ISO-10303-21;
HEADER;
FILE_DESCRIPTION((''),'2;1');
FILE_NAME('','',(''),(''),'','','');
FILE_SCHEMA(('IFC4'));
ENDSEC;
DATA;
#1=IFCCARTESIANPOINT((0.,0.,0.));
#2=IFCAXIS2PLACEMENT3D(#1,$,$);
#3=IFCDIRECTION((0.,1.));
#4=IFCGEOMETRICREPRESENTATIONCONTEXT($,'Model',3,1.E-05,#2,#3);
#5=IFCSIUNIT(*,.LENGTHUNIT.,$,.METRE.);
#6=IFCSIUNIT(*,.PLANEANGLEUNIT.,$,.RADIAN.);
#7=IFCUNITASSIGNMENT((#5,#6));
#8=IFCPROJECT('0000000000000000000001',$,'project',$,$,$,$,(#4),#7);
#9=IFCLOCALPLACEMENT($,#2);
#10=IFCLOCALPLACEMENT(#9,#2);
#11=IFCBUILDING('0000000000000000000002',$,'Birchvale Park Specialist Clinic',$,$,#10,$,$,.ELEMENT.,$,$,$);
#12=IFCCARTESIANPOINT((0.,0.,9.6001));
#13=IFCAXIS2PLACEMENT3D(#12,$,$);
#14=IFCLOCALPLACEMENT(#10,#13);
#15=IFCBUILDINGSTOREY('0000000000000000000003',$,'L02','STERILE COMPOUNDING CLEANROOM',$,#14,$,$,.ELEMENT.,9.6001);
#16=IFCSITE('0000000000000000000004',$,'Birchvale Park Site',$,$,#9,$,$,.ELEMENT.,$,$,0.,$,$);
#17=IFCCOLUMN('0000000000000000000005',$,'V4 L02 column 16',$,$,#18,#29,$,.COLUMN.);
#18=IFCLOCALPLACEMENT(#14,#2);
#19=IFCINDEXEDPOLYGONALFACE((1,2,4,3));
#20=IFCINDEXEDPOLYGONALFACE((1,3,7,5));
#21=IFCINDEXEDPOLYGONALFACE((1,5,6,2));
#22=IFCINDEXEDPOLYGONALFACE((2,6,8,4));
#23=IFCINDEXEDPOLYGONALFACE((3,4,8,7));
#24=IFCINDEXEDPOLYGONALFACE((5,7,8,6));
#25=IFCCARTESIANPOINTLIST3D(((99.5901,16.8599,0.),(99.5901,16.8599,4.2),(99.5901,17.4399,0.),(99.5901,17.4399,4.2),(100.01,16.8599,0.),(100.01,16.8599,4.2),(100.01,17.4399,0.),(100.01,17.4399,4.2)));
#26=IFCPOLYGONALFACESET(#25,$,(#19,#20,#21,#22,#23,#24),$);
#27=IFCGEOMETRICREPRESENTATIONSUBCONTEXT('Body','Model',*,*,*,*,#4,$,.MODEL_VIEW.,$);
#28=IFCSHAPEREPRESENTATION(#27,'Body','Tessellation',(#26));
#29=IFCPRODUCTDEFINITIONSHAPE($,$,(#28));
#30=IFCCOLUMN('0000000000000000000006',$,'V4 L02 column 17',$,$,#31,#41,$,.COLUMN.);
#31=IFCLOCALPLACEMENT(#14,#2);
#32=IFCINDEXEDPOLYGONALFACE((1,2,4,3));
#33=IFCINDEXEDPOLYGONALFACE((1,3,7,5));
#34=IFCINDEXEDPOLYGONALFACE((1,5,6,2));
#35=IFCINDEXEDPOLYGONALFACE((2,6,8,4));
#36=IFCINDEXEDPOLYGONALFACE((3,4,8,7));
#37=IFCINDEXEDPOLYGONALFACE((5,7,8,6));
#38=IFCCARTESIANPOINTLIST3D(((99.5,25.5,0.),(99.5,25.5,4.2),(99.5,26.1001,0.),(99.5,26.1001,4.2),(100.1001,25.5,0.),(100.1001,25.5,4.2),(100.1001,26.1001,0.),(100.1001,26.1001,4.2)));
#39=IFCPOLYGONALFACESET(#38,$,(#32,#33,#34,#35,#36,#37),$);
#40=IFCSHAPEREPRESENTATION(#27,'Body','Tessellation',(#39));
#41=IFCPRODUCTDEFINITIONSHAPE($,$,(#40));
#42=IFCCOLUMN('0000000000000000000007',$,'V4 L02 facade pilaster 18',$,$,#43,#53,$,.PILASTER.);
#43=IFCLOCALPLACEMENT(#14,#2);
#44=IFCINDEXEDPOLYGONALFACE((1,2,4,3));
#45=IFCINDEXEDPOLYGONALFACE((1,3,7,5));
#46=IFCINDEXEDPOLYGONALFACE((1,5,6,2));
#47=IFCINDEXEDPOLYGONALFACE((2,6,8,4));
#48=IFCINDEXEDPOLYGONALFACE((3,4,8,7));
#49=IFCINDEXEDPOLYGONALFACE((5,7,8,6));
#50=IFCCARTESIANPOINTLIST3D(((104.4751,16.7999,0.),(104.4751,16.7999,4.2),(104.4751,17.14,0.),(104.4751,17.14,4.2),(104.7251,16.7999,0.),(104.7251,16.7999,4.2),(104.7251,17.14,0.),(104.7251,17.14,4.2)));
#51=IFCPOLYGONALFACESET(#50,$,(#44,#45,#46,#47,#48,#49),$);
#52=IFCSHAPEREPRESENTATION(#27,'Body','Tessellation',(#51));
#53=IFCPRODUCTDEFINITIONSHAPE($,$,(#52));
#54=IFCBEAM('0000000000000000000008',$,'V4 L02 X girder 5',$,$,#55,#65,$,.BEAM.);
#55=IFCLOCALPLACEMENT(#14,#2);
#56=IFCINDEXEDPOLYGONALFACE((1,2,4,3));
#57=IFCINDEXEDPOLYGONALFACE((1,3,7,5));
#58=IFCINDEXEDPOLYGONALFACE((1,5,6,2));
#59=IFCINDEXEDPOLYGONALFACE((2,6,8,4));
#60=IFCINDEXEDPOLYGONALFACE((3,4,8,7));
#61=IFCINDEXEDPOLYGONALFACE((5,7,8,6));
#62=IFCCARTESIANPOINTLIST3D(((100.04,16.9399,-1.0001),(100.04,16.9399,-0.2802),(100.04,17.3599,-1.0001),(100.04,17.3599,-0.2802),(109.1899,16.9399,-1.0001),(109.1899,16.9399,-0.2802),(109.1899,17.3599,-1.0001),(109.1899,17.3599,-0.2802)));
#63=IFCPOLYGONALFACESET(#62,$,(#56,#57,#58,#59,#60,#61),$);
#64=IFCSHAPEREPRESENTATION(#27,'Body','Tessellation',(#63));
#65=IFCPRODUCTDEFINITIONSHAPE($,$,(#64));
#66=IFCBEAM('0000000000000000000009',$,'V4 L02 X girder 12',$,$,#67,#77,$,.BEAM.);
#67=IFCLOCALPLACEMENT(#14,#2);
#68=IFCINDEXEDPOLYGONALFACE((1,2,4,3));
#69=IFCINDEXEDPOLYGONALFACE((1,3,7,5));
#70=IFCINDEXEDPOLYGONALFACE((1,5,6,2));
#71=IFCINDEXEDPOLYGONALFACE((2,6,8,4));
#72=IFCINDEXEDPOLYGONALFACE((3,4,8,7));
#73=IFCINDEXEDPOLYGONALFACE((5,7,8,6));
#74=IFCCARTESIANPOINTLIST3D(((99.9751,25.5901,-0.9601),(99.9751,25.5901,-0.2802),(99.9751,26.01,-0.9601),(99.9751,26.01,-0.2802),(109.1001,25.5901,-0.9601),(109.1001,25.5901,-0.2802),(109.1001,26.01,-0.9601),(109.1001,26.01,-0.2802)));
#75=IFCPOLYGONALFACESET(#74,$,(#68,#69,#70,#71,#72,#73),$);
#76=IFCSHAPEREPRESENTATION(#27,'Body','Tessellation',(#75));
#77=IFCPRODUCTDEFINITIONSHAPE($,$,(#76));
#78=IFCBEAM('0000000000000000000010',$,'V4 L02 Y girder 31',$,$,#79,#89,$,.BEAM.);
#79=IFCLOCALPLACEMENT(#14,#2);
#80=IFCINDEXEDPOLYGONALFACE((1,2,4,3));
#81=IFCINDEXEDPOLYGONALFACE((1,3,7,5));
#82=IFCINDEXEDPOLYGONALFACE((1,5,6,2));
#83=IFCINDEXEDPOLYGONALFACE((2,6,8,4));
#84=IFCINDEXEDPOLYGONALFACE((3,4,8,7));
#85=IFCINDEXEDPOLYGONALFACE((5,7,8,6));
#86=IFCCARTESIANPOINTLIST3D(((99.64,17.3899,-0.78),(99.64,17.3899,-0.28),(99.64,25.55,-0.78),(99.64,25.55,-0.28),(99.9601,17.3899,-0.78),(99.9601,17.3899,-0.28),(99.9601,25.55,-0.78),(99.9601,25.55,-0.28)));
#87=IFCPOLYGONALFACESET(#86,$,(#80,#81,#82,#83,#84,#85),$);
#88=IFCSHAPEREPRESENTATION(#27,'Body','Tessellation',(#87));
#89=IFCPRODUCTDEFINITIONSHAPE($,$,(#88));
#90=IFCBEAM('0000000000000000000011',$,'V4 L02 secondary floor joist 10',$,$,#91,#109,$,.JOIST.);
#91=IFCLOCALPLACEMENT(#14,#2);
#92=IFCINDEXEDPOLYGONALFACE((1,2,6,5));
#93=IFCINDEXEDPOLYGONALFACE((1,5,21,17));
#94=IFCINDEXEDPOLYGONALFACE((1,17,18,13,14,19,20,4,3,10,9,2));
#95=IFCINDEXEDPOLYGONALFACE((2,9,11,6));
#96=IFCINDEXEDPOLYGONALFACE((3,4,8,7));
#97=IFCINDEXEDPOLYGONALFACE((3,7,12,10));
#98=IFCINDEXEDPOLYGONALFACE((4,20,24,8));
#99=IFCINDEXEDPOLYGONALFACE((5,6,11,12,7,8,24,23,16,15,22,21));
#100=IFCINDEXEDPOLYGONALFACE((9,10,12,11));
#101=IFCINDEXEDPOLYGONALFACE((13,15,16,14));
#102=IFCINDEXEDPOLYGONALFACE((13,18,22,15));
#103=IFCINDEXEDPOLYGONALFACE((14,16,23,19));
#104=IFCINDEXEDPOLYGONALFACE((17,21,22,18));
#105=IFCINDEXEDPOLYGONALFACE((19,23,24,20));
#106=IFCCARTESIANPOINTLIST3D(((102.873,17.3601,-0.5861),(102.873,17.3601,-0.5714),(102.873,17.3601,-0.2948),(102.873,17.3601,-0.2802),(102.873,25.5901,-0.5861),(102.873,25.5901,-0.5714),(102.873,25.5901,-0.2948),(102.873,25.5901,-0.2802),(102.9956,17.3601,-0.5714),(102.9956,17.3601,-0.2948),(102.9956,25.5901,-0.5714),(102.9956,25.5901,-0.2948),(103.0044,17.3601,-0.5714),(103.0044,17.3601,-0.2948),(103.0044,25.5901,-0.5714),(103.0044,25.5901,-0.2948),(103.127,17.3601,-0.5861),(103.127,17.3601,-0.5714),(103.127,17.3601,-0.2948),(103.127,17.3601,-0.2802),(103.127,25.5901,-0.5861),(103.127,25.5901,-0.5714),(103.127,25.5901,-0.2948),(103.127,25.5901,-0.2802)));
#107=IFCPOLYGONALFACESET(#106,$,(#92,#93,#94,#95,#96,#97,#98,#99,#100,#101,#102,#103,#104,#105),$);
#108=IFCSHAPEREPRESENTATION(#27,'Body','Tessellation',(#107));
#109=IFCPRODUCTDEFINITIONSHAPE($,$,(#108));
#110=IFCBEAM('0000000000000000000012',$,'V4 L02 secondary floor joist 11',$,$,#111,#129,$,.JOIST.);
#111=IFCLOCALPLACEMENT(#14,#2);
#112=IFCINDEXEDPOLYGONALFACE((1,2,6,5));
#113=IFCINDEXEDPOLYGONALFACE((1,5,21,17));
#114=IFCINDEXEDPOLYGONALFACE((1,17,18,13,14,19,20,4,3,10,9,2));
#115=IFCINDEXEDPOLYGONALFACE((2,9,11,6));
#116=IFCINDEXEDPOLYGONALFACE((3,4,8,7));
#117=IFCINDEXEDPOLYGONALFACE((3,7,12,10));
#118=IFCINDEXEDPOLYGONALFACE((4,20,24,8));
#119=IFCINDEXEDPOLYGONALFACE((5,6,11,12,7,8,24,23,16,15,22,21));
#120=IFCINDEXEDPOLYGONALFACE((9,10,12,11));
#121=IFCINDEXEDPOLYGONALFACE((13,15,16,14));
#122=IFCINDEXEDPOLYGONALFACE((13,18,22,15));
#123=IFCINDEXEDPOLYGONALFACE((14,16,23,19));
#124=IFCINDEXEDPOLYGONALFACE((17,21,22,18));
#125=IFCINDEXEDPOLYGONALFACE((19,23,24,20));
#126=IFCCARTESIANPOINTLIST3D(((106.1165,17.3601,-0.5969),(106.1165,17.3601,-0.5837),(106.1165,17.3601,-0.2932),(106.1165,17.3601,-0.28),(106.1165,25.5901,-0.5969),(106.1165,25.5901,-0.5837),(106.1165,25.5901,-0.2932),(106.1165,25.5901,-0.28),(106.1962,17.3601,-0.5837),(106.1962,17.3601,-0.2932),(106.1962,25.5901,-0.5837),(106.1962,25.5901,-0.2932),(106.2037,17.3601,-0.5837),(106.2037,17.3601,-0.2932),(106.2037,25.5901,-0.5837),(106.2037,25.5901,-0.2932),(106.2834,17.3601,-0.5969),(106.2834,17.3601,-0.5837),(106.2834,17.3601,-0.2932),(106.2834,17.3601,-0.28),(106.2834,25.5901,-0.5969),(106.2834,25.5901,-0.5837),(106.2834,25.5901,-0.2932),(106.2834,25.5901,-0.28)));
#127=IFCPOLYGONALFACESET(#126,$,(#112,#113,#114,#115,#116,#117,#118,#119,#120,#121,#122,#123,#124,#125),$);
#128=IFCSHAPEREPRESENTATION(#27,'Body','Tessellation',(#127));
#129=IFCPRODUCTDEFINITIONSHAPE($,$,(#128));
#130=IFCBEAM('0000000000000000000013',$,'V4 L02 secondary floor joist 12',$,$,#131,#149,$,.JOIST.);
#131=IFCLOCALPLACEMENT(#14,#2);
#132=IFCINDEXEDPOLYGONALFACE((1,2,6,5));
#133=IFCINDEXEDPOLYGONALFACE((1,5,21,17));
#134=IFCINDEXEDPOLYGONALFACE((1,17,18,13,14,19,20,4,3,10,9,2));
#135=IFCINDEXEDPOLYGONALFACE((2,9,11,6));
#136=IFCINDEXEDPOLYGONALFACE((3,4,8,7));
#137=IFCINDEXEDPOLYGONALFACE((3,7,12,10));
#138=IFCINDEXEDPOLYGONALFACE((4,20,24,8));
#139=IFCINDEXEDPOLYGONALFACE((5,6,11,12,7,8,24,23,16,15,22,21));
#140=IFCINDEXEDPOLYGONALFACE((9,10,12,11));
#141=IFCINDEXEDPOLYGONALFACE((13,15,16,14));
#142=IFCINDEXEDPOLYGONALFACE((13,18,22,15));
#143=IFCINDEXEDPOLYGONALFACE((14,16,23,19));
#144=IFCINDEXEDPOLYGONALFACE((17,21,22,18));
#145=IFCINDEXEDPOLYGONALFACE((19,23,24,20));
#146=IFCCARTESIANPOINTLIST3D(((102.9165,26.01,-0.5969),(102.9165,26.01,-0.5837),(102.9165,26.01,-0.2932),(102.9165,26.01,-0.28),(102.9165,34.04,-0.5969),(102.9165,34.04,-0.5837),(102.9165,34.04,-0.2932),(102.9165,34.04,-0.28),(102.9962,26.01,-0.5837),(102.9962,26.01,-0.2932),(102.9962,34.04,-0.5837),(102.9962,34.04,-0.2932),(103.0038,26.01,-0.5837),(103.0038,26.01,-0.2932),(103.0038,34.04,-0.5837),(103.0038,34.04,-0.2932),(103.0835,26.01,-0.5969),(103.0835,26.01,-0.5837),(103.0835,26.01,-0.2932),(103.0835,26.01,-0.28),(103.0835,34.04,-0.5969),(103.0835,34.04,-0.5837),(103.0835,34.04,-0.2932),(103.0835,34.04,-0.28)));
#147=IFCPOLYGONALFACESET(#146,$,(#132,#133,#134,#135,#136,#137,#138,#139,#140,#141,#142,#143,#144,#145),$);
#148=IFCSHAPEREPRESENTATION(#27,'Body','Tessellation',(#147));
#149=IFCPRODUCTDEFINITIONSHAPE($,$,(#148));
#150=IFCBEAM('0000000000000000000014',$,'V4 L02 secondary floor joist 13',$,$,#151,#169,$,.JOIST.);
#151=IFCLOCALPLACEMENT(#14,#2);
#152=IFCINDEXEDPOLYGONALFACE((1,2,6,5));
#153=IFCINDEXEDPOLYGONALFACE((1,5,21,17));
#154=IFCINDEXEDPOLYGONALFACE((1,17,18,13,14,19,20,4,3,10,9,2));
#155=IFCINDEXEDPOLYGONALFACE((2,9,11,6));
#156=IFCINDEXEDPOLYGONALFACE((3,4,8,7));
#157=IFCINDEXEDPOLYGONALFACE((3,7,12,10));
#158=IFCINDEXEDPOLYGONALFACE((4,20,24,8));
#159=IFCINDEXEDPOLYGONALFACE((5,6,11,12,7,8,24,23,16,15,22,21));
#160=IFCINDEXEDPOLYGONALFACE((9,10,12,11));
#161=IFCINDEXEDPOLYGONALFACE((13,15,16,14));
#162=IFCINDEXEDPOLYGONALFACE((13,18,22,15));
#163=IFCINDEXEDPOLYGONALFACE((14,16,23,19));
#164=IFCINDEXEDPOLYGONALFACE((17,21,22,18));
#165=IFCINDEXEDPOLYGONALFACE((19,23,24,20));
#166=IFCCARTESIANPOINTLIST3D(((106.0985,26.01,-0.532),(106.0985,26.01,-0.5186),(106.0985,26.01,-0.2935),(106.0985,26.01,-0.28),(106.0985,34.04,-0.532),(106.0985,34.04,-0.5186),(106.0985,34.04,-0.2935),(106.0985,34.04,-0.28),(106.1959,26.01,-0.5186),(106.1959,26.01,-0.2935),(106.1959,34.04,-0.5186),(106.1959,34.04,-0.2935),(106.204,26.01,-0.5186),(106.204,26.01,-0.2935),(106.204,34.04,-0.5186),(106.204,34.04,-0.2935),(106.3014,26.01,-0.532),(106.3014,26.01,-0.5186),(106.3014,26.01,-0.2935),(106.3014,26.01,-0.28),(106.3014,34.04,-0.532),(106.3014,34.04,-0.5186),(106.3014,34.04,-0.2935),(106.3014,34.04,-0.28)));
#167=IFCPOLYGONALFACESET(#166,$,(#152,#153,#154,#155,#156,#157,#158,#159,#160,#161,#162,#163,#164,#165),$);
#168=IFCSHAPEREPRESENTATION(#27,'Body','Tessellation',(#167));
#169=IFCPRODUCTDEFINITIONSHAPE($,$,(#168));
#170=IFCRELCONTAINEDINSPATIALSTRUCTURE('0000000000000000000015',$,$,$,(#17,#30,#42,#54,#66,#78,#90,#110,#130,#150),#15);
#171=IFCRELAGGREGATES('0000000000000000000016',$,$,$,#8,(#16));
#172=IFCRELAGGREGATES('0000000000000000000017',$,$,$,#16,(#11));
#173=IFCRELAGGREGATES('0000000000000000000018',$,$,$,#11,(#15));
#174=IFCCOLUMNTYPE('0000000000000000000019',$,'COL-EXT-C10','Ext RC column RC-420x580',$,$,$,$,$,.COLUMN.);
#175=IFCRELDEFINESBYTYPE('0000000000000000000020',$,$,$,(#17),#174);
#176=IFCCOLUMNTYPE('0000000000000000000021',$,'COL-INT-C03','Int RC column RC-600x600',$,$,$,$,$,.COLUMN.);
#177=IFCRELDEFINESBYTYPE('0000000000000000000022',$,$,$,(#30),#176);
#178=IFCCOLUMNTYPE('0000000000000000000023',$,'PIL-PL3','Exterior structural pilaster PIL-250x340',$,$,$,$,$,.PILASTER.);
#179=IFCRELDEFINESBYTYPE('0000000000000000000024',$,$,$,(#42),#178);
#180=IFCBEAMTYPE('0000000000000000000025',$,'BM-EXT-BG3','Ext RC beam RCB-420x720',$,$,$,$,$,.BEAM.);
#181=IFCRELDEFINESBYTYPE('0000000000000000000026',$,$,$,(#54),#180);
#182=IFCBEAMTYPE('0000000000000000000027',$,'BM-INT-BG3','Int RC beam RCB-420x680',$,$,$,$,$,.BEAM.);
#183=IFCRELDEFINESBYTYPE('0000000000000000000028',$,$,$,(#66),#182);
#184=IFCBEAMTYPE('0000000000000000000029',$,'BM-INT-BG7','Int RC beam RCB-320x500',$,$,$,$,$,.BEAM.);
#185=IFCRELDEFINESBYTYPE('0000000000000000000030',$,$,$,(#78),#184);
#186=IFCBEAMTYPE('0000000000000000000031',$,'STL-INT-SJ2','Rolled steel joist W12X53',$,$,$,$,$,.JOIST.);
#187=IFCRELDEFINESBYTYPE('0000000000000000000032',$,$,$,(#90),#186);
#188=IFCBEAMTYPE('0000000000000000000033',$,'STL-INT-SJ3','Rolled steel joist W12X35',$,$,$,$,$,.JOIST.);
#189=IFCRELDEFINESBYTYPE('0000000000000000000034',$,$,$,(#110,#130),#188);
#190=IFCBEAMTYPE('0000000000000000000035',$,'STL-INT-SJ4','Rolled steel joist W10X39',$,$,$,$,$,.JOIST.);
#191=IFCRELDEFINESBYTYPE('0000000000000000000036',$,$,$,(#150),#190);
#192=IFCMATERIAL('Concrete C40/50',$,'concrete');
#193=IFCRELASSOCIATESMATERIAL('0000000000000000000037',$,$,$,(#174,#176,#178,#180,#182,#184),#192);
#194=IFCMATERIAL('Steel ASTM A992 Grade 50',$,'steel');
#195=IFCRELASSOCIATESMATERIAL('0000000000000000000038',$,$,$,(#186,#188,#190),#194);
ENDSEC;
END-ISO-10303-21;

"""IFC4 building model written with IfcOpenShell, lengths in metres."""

from ifc_helpers import new_model, si_unit, direction, frame, origin, origin_2d, place, context, subcontext, project, spatial, rectangle, i_section, extrude, material, material_profile, profile_set, type_object, element, save


model = new_model("IFC4")

# Units and contexts
model_context = context("Model", 3, precision=1e-05, world=origin(), true_north=direction((0.0, 1.0)))
body_context = subcontext(model_context, "Body", "Model", "MODEL_VIEW")
ifc_project = project(units=[si_unit("LENGTHUNIT", "METRE"), si_unit("PLANEANGLEUNIT", "RADIAN")], contexts=[model_context])

# Site, building, storey
site_placement = place(None, origin())
site = spatial("IfcSite", under=ifc_project, at=site_placement, Name="Birchvale Park Site", CompositionType="ELEMENT", RefElevation=0.0)
building_placement = place(site_placement, origin())
building = spatial("IfcBuilding", under=site, at=building_placement, Name="Birchvale Park Specialist Clinic", CompositionType="ELEMENT")
storey_placement = place(building_placement, frame((0.0, 0.0, 9.6001)))
storey = spatial("IfcBuildingStorey", under=building, at=storey_placement, Name="L02", Description="STERILE COMPOUNDING CLEANROOM", CompositionType="ELEMENT", Elevation=9.6001)

# Columns
ifc_material_1 = material(Name="Concrete C40/50", Category="concrete")
ifc_material_profile_1 = material_profile(ifc_material_1, rectangle(XDim=0.4199, YDim=0.5801, at=origin_2d()), Name="RC-420x580")
ifc_profile_set_1 = profile_set([ifc_material_profile_1], Name="Concrete C40/50")
column_type_1 = type_object("IfcColumnType", Name="COL-EXT-C10", Description="Ext RC column RC-420x580", PredefinedType="COLUMN", material=ifc_profile_set_1)
column_1_placement = place(storey_placement, frame((99.8, 17.1499, 0.0), z_axis=(0.0, 0.0, 1.0), x_axis=(1.0, 0.0, 0.0)))
element("IfcColumn", 1, at=column_1_placement, inside=storey, type_object=column_type_1, Name="V4 L02 column 16", PredefinedType="COLUMN", context=body_context, shape_type="SweptSolid", body=[
    extrude(rectangle(XDim=0.4199, YDim=0.5801, at=origin_2d()), origin(), (0.0, 0.0, 1.0), 4.2),
])
ifc_material_profile_2 = material_profile(ifc_material_1, rectangle(XDim=0.6001, YDim=0.6001, at=origin_2d()), Name="RC-600x600")
ifc_profile_set_2 = profile_set([ifc_material_profile_2], Name="Concrete C40/50")
column_type_2 = type_object("IfcColumnType", Name="COL-INT-C03", Description="Int RC column RC-600x600", PredefinedType="COLUMN", material=ifc_profile_set_2)
column_2_placement = place(storey_placement, frame((99.8, 25.8, 0.0), z_axis=(0.0, 0.0, 1.0), x_axis=(1.0, 0.0, 0.0)))
element("IfcColumn", 2, at=column_2_placement, inside=storey, type_object=column_type_2, Name="V4 L02 column 17", PredefinedType="COLUMN", context=body_context, shape_type="SweptSolid", body=[
    extrude(rectangle(XDim=0.6001, YDim=0.6001, at=origin_2d()), origin(), (0.0, 0.0, 1.0), 4.2),
])
ifc_material_profile_3 = material_profile(ifc_material_1, rectangle(XDim=0.25, YDim=0.3401, at=origin_2d()), Name="PIL-250x340")
ifc_profile_set_3 = profile_set([ifc_material_profile_3], Name="Concrete C40/50")
column_type_3 = type_object("IfcColumnType", Name="PIL-PL3", Description="Exterior structural pilaster PIL-250x340", PredefinedType="PILASTER", material=ifc_profile_set_3)
column_3_placement = place(storey_placement, frame((104.6001, 16.97, 0.0), z_axis=(0.0, 0.0, 1.0), x_axis=(1.0, 0.0, 0.0)))
element("IfcColumn", 3, at=column_3_placement, inside=storey, type_object=column_type_3, Name="V4 L02 facade pilaster 18", PredefinedType="PILASTER", context=body_context, shape_type="SweptSolid", body=[
    extrude(rectangle(XDim=0.25, YDim=0.3401, at=origin_2d()), origin(), (0.0, 0.0, 1.0), 4.2),
])

# Beams
ifc_material_profile_4 = material_profile(ifc_material_1, rectangle(XDim=0.4199, YDim=0.72, at=origin_2d()), Name="RCB-420x720")
ifc_profile_set_4 = profile_set([ifc_material_profile_4], Name="Concrete C40/50")
beam_type_1 = type_object("IfcBeamType", Name="BM-EXT-BG3", Description="Ext RC beam RCB-420x720", PredefinedType="BEAM", material=ifc_profile_set_4)
beam_1_placement = place(storey_placement, frame((100.04, 17.1499, -0.6401), z_axis=(1.0, 0.0, 0.0), x_axis=(0.0, 1.0, 0.0)))
element("IfcBeam", 4, at=beam_1_placement, inside=storey, type_object=beam_type_1, Name="V4 L02 X girder 5", PredefinedType="BEAM", context=body_context, shape_type="SweptSolid", body=[
    extrude(rectangle(XDim=0.4199, YDim=0.72, at=origin_2d()), origin(), (0.0, 0.0, 1.0), 9.1499),
])
ifc_material_profile_5 = material_profile(ifc_material_1, rectangle(XDim=0.4199, YDim=0.6799, at=origin_2d()), Name="RCB-420x680")
ifc_profile_set_5 = profile_set([ifc_material_profile_5], Name="Concrete C40/50")
beam_type_2 = type_object("IfcBeamType", Name="BM-INT-BG3", Description="Int RC beam RCB-420x680", PredefinedType="BEAM", material=ifc_profile_set_5)
beam_2_placement = place(storey_placement, frame((99.9751, 25.8, -0.6201), z_axis=(1.0, 0.0, 0.0), x_axis=(0.0, 1.0, 0.0)))
element("IfcBeam", 5, at=beam_2_placement, inside=storey, type_object=beam_type_2, Name="V4 L02 X girder 12", PredefinedType="BEAM", context=body_context, shape_type="SweptSolid", body=[
    extrude(rectangle(XDim=0.4199, YDim=0.6799, at=origin_2d()), origin(), (0.0, 0.0, 1.0), 9.125),
])
ifc_material_profile_6 = material_profile(ifc_material_1, rectangle(XDim=0.3201, YDim=0.5, at=origin_2d()), Name="RCB-320x500")
ifc_profile_set_6 = profile_set([ifc_material_profile_6], Name="Concrete C40/50")
beam_type_3 = type_object("IfcBeamType", Name="BM-INT-BG7", Description="Int RC beam RCB-320x500", PredefinedType="BEAM", material=ifc_profile_set_6)
beam_3_placement = place(storey_placement, frame((99.8, 17.3899, -0.53), z_axis=(0.0, 1.0, 0.0), x_axis=(-1.0, 0.0, 0.0)))
element("IfcBeam", 6, at=beam_3_placement, inside=storey, type_object=beam_type_3, Name="V4 L02 Y girder 31", PredefinedType="BEAM", context=body_context, shape_type="SweptSolid", body=[
    extrude(rectangle(XDim=0.3201, YDim=0.5, at=origin_2d()), origin(), (0.0, 0.0, 1.0), 8.1602),
])
ifc_material_2 = material(Name="Steel ASTM A992 Grade 50", Category="steel")
ifc_material_profile_7 = material_profile(ifc_material_2, i_section(OverallWidth=0.2539, OverallDepth=0.3059, WebThickness=0.0088, FlangeThickness=0.0146, at=origin_2d()), Name="W12X53")
ifc_profile_set_7 = profile_set([ifc_material_profile_7], Name="Steel ASTM A992 Grade 50")
beam_type_4 = type_object("IfcBeamType", Name="STL-INT-SJ2", Description="Rolled steel joist W12X53", PredefinedType="JOIST", material=ifc_profile_set_7)
beam_4_placement = place(storey_placement, frame((103.0, 17.3601, -0.4331), z_axis=(0.0, 1.0, 0.0), x_axis=(-1.0, 0.0, 0.0)))
element("IfcBeam", 7, at=beam_4_placement, inside=storey, type_object=beam_type_4, Name="V4 L02 secondary floor joist 10", PredefinedType="JOIST", context=body_context, shape_type="SweptSolid", body=[
    extrude(i_section(OverallWidth=0.2539, OverallDepth=0.3059, WebThickness=0.0088, FlangeThickness=0.0146, at=origin_2d()), origin(), (0.0, 0.0, 1.0), 8.23),
])
ifc_material_profile_8 = material_profile(ifc_material_2, i_section(OverallWidth=0.167, OverallDepth=0.3169, WebThickness=0.0076, FlangeThickness=0.0132, at=origin_2d()), Name="W12X35")
ifc_profile_set_8 = profile_set([ifc_material_profile_8], Name="Steel ASTM A992 Grade 50")
beam_type_5 = type_object("IfcBeamType", Name="STL-INT-SJ3", Description="Rolled steel joist W12X35", PredefinedType="JOIST", material=ifc_profile_set_8)
beam_5_placement = place(storey_placement, frame((106.2, 17.3601, -0.4385), z_axis=(0.0, 1.0, 0.0), x_axis=(-1.0, 0.0, 0.0)))
element("IfcBeam", 8, at=beam_5_placement, inside=storey, type_object=beam_type_5, Name="V4 L02 secondary floor joist 11", PredefinedType="JOIST", context=body_context, shape_type="SweptSolid", body=[
    extrude(i_section(OverallWidth=0.167, OverallDepth=0.3169, WebThickness=0.0076, FlangeThickness=0.0132, at=origin_2d()), origin(), (0.0, 0.0, 1.0), 8.23),
])
beam_6_placement = place(storey_placement, frame((103.0, 26.01, -0.4385), z_axis=(0.0, 1.0, 0.0), x_axis=(-1.0, 0.0, 0.0)))
element("IfcBeam", 9, at=beam_6_placement, inside=storey, type_object=beam_type_5, Name="V4 L02 secondary floor joist 12", PredefinedType="JOIST", context=body_context, shape_type="SweptSolid", body=[
    extrude(i_section(OverallWidth=0.167, OverallDepth=0.3169, WebThickness=0.0076, FlangeThickness=0.0132, at=origin_2d()), origin(), (0.0, 0.0, 1.0), 8.03),
])
ifc_material_profile_9 = material_profile(ifc_material_2, i_section(OverallWidth=0.2029, OverallDepth=0.252, WebThickness=0.0081, FlangeThickness=0.0134, at=origin_2d()), Name="W10X39")
ifc_profile_set_9 = profile_set([ifc_material_profile_9], Name="Steel ASTM A992 Grade 50")
beam_type_6 = type_object("IfcBeamType", Name="STL-INT-SJ4", Description="Rolled steel joist W10X39", PredefinedType="JOIST", material=ifc_profile_set_9)
beam_7_placement = place(storey_placement, frame((106.2, 26.01, -0.406), z_axis=(0.0, 1.0, 0.0), x_axis=(-1.0, 0.0, 0.0)))
element("IfcBeam", 10, at=beam_7_placement, inside=storey, type_object=beam_type_6, Name="V4 L02 secondary floor joist 13", PredefinedType="JOIST", context=body_context, shape_type="SweptSolid", body=[
    extrude(i_section(OverallWidth=0.2029, OverallDepth=0.252, WebThickness=0.0081, FlangeThickness=0.0134, at=origin_2d()), origin(), (0.0, 0.0, 1.0), 8.03),
])

save(model, "model.ifc")
